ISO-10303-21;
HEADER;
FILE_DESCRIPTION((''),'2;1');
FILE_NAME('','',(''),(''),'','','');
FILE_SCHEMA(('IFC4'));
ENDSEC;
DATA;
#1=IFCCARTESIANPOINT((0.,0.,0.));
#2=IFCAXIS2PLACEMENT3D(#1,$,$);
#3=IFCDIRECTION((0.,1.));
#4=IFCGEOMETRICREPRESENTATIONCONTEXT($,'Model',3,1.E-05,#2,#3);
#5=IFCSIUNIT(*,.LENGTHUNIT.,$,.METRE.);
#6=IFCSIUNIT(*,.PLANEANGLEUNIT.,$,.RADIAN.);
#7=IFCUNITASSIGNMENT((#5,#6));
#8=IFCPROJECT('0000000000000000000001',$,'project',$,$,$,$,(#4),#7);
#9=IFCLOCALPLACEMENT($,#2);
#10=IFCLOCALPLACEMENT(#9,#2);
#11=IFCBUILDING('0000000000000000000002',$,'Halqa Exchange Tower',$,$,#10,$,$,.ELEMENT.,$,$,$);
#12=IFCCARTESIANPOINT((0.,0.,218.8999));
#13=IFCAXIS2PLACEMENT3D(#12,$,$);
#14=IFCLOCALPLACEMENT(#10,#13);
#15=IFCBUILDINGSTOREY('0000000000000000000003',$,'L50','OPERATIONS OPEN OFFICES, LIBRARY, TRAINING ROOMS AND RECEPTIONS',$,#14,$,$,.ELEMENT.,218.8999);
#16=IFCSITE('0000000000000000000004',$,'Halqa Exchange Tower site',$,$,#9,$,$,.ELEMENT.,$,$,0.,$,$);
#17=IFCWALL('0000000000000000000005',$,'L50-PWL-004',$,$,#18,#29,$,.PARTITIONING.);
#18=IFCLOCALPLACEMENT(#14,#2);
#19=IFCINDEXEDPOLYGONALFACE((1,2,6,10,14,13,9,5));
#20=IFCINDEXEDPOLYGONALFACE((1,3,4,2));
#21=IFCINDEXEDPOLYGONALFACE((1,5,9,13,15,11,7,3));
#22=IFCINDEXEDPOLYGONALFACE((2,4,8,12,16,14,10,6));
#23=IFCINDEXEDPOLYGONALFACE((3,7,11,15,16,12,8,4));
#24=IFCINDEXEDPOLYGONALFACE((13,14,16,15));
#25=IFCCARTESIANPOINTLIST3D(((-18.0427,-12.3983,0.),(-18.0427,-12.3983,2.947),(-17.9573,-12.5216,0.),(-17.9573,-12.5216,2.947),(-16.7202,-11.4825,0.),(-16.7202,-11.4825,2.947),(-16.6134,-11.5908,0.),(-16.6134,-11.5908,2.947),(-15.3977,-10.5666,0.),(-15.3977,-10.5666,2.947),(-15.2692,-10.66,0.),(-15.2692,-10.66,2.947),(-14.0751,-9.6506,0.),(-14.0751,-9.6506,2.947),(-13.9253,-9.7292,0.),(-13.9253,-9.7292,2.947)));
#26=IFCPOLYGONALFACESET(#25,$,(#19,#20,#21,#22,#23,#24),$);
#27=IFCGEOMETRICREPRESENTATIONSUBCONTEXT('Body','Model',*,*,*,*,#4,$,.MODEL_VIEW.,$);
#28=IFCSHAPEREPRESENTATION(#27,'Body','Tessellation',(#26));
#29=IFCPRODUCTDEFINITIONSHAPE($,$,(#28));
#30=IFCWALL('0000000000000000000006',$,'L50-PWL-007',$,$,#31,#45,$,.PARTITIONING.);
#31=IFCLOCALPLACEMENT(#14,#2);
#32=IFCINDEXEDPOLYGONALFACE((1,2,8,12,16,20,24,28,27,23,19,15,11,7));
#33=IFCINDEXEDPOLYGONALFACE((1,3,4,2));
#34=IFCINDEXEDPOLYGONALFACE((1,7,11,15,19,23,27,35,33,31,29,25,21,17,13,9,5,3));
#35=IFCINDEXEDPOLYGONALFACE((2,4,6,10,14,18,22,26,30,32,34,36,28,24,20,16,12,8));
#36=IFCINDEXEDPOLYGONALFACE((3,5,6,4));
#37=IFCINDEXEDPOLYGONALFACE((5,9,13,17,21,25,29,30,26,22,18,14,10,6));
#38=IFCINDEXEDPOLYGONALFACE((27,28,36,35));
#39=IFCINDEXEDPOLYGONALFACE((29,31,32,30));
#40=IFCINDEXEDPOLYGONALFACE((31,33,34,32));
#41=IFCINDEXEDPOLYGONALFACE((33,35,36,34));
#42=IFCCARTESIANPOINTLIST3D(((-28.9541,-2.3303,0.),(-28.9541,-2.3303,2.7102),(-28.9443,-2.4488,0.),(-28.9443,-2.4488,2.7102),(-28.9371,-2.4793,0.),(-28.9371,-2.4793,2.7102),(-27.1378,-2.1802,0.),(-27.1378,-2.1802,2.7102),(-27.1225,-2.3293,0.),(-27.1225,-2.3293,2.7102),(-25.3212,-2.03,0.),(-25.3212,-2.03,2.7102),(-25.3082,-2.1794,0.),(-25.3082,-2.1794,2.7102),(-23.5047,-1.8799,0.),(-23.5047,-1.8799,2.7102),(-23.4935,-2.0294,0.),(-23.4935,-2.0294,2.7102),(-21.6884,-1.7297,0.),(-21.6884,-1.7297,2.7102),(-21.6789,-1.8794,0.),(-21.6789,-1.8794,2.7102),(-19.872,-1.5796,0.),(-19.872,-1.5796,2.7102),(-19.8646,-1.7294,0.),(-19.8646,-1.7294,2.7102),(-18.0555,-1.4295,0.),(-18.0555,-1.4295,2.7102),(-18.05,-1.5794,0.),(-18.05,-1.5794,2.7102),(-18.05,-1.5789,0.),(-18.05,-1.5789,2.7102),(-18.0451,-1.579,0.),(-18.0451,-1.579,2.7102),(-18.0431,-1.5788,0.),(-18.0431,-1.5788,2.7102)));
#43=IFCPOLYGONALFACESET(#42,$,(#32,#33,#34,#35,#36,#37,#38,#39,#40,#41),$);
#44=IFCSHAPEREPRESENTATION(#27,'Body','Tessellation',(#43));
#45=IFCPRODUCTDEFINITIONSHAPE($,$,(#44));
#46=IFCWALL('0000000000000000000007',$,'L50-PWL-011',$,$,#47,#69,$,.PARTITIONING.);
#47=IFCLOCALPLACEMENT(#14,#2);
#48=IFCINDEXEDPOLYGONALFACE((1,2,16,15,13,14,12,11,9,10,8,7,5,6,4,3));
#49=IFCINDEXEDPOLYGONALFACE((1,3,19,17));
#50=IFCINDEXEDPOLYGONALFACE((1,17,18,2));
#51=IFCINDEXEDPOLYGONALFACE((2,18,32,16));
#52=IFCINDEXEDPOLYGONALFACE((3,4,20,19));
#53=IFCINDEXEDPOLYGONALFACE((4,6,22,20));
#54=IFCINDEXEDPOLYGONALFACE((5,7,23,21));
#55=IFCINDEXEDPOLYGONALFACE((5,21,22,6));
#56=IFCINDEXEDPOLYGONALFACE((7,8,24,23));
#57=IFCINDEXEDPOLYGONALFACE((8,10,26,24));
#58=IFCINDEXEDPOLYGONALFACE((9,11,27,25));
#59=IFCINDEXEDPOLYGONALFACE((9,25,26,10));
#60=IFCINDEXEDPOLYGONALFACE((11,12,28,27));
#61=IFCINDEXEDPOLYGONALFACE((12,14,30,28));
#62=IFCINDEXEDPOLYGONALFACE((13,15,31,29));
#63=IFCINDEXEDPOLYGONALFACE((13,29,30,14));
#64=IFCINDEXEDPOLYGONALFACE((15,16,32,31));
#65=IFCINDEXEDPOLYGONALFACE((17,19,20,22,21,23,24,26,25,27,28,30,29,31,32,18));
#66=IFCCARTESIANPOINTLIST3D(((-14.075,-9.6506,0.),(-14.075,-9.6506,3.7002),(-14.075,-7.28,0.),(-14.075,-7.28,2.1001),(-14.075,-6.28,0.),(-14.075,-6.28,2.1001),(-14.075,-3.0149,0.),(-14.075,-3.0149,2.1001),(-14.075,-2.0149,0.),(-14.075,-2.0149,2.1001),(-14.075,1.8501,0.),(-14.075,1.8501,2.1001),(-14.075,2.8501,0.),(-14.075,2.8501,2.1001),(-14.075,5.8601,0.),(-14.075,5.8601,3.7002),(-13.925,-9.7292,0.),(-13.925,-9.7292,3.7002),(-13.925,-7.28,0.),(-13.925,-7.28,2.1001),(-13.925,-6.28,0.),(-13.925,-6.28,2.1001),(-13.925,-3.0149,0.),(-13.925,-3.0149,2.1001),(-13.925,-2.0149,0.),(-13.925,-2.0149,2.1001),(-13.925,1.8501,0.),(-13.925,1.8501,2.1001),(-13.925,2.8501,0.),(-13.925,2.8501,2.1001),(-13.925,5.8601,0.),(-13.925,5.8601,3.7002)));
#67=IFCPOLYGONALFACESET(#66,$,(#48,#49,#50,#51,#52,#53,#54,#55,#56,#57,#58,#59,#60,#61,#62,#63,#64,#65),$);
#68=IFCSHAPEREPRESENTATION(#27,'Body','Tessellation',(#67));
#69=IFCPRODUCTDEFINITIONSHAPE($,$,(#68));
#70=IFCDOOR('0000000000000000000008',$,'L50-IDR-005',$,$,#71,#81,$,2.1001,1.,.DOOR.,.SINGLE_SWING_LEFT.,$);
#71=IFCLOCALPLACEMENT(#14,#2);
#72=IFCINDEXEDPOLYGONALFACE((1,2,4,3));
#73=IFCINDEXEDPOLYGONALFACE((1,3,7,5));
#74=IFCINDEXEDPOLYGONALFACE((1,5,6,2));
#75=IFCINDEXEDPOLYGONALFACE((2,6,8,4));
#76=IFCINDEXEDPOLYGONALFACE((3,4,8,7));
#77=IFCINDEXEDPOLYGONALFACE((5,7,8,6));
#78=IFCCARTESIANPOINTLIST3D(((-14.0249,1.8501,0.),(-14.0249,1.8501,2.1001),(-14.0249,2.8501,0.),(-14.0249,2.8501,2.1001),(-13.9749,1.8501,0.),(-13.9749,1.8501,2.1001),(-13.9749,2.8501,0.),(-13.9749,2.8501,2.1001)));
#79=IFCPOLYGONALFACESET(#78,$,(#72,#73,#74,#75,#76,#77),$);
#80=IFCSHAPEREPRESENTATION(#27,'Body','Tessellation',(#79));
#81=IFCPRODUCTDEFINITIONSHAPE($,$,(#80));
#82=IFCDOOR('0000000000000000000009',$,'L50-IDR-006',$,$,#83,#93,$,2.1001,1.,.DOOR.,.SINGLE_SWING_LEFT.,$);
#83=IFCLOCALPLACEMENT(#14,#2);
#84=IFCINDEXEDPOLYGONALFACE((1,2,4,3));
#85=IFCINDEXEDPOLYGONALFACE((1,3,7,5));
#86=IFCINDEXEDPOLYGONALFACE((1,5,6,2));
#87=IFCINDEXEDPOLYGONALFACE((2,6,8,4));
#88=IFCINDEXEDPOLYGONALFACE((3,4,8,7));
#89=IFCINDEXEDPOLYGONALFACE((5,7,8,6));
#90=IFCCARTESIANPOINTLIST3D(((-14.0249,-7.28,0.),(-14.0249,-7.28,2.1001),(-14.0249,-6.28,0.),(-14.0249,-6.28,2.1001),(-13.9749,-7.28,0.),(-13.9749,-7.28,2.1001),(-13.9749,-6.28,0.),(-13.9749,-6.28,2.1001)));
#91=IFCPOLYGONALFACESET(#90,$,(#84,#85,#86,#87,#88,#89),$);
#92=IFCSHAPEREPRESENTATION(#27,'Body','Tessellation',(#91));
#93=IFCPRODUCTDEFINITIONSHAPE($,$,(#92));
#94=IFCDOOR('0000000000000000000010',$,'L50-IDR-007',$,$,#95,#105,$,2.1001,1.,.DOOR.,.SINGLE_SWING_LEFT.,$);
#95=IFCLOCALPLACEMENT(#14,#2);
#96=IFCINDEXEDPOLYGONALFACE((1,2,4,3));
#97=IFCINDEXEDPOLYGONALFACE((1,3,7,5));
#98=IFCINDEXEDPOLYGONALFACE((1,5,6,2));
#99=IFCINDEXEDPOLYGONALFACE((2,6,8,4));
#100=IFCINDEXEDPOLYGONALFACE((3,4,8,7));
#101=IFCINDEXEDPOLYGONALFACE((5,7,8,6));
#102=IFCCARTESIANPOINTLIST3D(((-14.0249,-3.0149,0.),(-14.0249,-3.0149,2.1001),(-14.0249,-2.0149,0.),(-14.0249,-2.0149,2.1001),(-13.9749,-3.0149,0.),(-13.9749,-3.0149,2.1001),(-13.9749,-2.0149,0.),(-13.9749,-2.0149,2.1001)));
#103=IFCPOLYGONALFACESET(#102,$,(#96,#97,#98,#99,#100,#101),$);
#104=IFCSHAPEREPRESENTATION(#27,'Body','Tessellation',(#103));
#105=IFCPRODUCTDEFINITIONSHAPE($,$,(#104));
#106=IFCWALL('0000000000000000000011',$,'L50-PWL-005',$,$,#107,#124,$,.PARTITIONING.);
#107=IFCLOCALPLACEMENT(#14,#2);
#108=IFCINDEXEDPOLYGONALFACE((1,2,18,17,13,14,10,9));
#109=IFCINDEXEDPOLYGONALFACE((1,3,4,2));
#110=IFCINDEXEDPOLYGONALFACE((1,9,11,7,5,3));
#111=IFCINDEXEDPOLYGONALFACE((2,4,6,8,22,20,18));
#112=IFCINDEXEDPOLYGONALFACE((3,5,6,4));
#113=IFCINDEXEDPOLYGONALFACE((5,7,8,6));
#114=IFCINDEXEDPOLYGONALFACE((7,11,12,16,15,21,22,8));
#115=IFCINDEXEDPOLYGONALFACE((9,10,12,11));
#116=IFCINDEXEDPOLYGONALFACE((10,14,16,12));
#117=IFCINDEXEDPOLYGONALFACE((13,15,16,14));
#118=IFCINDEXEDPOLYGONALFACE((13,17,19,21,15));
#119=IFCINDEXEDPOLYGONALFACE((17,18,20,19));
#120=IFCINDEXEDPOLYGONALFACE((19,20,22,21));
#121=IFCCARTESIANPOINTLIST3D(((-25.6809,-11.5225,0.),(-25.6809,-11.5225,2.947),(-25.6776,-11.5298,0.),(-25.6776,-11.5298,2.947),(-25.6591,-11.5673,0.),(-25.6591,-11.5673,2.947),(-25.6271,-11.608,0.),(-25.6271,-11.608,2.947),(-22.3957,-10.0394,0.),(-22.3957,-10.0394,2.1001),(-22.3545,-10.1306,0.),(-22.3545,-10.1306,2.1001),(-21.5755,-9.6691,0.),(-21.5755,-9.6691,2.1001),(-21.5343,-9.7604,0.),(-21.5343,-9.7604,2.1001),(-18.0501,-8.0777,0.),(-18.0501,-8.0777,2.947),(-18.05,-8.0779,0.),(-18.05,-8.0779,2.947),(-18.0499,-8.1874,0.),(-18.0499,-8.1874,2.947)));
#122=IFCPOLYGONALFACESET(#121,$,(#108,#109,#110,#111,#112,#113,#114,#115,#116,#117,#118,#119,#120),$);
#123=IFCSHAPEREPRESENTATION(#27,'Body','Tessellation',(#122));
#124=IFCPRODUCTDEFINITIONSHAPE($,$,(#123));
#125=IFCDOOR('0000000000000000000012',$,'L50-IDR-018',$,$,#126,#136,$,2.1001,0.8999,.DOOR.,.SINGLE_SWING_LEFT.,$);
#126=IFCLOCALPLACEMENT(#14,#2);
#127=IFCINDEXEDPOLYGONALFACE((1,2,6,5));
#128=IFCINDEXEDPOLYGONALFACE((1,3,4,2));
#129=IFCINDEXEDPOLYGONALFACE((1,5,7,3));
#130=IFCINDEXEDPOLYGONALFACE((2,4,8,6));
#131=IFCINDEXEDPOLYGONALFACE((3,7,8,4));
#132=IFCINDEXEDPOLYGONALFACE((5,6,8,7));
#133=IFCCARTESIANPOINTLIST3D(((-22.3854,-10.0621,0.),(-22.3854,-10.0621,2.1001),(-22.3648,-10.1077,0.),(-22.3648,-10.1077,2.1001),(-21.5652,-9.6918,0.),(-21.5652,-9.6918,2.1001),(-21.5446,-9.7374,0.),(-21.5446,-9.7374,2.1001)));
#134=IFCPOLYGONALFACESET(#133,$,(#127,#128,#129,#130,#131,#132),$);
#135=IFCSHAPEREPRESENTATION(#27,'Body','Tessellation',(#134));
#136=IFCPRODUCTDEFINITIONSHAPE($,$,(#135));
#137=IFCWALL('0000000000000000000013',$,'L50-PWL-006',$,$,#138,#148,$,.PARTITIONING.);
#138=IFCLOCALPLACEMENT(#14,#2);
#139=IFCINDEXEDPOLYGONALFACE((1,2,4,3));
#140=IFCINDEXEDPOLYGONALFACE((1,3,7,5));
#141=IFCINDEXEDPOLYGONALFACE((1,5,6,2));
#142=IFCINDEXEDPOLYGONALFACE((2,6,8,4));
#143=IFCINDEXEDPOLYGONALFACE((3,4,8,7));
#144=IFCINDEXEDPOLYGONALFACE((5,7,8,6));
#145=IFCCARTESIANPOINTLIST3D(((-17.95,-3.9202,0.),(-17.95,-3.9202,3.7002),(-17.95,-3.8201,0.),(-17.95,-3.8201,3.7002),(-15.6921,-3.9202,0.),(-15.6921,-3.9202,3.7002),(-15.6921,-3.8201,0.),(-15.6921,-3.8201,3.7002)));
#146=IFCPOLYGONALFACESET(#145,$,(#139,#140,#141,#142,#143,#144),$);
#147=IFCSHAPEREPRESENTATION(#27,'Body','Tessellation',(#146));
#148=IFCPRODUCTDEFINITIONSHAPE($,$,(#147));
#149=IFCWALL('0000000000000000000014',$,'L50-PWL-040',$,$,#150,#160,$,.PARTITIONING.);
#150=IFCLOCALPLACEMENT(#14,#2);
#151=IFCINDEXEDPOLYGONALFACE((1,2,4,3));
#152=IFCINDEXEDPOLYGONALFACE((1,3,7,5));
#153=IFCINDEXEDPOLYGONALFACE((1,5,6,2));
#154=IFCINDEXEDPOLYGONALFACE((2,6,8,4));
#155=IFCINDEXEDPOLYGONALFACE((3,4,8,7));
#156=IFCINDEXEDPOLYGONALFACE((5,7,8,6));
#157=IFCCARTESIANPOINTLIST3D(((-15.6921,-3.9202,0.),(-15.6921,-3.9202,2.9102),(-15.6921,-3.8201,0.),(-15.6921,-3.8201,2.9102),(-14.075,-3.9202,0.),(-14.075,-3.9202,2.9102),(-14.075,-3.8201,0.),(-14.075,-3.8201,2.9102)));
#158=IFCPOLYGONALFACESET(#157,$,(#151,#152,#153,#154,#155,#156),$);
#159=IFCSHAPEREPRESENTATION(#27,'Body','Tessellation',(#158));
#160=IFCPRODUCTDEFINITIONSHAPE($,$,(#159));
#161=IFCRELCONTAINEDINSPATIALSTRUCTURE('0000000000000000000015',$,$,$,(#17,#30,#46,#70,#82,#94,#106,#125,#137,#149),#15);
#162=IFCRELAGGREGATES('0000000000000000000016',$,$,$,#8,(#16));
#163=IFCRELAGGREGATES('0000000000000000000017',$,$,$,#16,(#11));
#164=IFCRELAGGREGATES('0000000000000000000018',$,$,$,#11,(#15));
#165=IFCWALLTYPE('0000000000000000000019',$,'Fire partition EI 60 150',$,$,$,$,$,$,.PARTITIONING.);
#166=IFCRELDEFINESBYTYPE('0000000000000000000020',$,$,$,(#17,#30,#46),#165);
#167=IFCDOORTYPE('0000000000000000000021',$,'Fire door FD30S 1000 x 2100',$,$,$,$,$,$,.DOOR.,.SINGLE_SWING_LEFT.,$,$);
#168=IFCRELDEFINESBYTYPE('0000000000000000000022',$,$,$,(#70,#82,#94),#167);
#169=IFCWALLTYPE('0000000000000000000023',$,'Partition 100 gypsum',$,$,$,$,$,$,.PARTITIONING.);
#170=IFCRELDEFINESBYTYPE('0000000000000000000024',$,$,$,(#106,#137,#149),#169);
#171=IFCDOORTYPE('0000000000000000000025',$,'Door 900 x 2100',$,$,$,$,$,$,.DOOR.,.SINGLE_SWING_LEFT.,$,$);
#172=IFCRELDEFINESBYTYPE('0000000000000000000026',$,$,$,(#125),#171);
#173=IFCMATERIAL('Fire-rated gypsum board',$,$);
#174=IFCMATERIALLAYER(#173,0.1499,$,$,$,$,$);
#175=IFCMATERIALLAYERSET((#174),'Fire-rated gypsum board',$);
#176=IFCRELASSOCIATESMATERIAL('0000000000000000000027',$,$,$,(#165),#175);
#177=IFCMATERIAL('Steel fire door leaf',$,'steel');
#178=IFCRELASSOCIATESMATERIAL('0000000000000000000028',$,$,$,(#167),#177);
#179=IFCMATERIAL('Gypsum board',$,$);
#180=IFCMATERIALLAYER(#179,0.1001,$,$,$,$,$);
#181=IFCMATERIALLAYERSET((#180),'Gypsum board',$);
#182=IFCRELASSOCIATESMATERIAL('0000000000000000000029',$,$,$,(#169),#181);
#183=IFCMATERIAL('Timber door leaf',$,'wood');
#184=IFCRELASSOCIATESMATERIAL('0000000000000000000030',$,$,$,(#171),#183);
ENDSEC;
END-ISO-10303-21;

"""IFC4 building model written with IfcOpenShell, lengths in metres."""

from ifc_helpers import new_model, si_unit, direction, frame, frame_2d, origin, place, context, subcontext, project, spatial, polyline, rectangle, outline, extrude, material, layer, layer_set, type_object, element, fill, save


model = new_model("IFC4")

# Units and contexts
model_context = context("Model", 3, precision=1e-05, world=origin(), true_north=direction((0.0, 1.0)))
body_context = subcontext(model_context, "Body", "Model", "MODEL_VIEW")
ifc_project = project(units=[si_unit("LENGTHUNIT", "METRE"), si_unit("PLANEANGLEUNIT", "RADIAN")], contexts=[model_context])

# Site, building, storey
site_placement = place(None, origin())
site = spatial("IfcSite", under=ifc_project, at=site_placement, Name="Halqa Exchange Tower site", CompositionType="ELEMENT", RefElevation=0.0)
building_placement = place(site_placement, origin())
building = spatial("IfcBuilding", under=site, at=building_placement, Name="Halqa Exchange Tower", CompositionType="ELEMENT")
storey_placement = place(building_placement, frame((0.0, 0.0, 218.8999)))
storey = spatial("IfcBuildingStorey", under=building, at=storey_placement, Name="L50", Description="OPERATIONS OPEN OFFICES, LIBRARY, TRAINING ROOMS AND RECEPTIONS", CompositionType="ELEMENT", Elevation=218.8999)

# Walls
ifc_material_1 = material(Name="Fire-rated gypsum board")
ifc_layer_1 = layer(ifc_material_1, 0.1499)
ifc_layer_set_1 = layer_set([ifc_layer_1], Name="Fire-rated gypsum board")
wall_type_1 = type_object("IfcWallType", Name="Fire partition EI 60 150", PredefinedType="PARTITIONING", material=ifc_layer_set_1)
wall_1_placement = place(storey_placement, frame((-18.0, -12.46, 0.0), z_axis=(0.0, 0.0, 1.0), x_axis=(0.822103, 0.569339, 0.0)))
element("IfcWall", 1, at=wall_1_placement, inside=storey, type_object=wall_type_1, Name="L50-PWL-004", PredefinedType="PARTITIONING", context=body_context, shape_type="SweptSolid", body=[
    extrude(outline(polyline([(0.0, -0.075), (1.6348, -0.075), (3.2698, -0.075), (4.9045, -0.075), (4.8262, 0.075), (3.2173, 0.075), (1.6086, 0.075), (0.0, 0.075), (0.0, -0.075)])), origin(), (0.0, 0.0, 1.0), 2.947),
])
wall_2_placement = place(storey_placement, frame((-18.0493, -1.5042, 0.0), z_axis=(0.0, 0.0, 1.0), x_axis=(-0.996601, -0.082378, 0.0)))
element("IfcWall", 2, at=wall_2_placement, inside=storey, type_object=wall_type_1, Name="L50-PWL-007", PredefinedType="PARTITIONING", context=body_context, shape_type="SweptSolid", body=[
    extrude(outline(polyline([(10.9358, -0.075), (10.9358, 0.0439), (10.9312, 0.075), (9.1104, 0.075), (7.2898, 0.075), (5.469, 0.075), (3.6482, 0.075), (1.8276, 0.075), (0.0068, 0.075), (0.0068, 0.0745), (0.002, 0.075), (0.0, 0.075), (0.0, -0.075), (1.8228, -0.075), (3.6453, -0.075), (5.4678, -0.075), (7.2905, -0.075), (9.1133, -0.075), (10.9358, -0.075)])), origin(), (0.0, 0.0, 1.0), 2.7102),
])

# Wall, openings, doors
wall_3_placement = place(storey_placement, frame((-14.0, -9.7292, 0.0), z_axis=(0.0, 0.0, 1.0), x_axis=(0.0, 1.0, 0.0)))
wall_3 = element("IfcWall", 3, at=wall_3_placement, inside=storey, type_object=wall_type_1, Name="L50-PWL-011", PredefinedType="PARTITIONING", context=body_context, shape_type="SweptSolid", body=[
    extrude(outline(polyline([(15.5894, 0.075), (13.6504, 0.075), (11.7117, 0.075), (9.7727, 0.075), (7.834, 0.075), (5.895, 0.075), (3.9563, 0.075), (2.0173, 0.075), (0.0786, 0.075), (0.0, -0.075), (0.0, -0.075), (1.9487, -0.075), (3.8975, -0.075), (5.8459, -0.075), (7.7947, -0.075), (9.7434, -0.075), (11.6919, -0.075), (13.6406, -0.075), (15.5894, -0.075), (15.5894, 0.075)])), origin(), (0.0, 0.0, 1.0), 3.7002),
])
opening_1_placement = place(wall_3_placement, frame((11.5793, 0.0, 0.0)))
opening_1 = element("IfcOpeningElement", 4, at=opening_1_placement, cuts=wall_3, PredefinedType="OPENING", context=body_context, shape_type="SweptSolid", body=[
    extrude(rectangle(XDim=1.0, YDim=2.1001, at=frame_2d((0.5, 1.05))), frame((0.0, 0.0869, 0.0), z_axis=(0.0, -1.0, 0.0), x_axis=(1.0, 0.0, 0.0)), (0.0, 0.0, 1.0), 0.1738),
])
opening_2_placement = place(wall_3_placement, frame((2.4492, 0.0, 0.0)))
opening_2 = element("IfcOpeningElement", 5, at=opening_2_placement, cuts=wall_3, PredefinedType="OPENING", context=body_context, shape_type="SweptSolid", body=[
    extrude(rectangle(XDim=1.0, YDim=2.1001, at=frame_2d((0.5, 1.05))), frame((0.0, 0.0869, 0.0), z_axis=(0.0, -1.0, 0.0), x_axis=(1.0, 0.0, 0.0)), (0.0, 0.0, 1.0), 0.1738),
])
opening_3_placement = place(wall_3_placement, frame((6.7144, 0.0, 0.0)))
opening_3 = element("IfcOpeningElement", 6, at=opening_3_placement, cuts=wall_3, PredefinedType="OPENING", context=body_context, shape_type="SweptSolid", body=[
    extrude(rectangle(XDim=1.0, YDim=2.1001, at=frame_2d((0.5, 1.05))), frame((0.0, 0.0869, 0.0), z_axis=(0.0, -1.0, 0.0), x_axis=(1.0, 0.0, 0.0)), (0.0, 0.0, 1.0), 0.1738),
])
ifc_material_2 = material(Name="Steel fire door leaf", Category="steel")
door_type_1 = type_object("IfcDoorType", Name="Fire door FD30S 1000 x 2100", OperationType="SINGLE_SWING_LEFT", PredefinedType="DOOR", material=ifc_material_2)
door_1_placement = place(opening_1_placement, origin())
door_1 = element("IfcDoor", 7, at=door_1_placement, inside=storey, type_object=door_type_1, Name="L50-IDR-005", OperationType="SINGLE_SWING_LEFT", OverallHeight=2.1001, OverallWidth=1.0, PredefinedType="DOOR", context=body_context, shape_type="SweptSolid", body=[
    extrude(rectangle(XDim=1.0, YDim=2.1001, at=frame_2d((0.5, 1.05))), frame((0.0, 0.0249, 0.0), z_axis=(0.0, -1.0, 0.0), x_axis=(1.0, 0.0, 0.0)), (0.0, 0.0, 1.0), 0.05),
])
fill(opening_1, door_1)
door_2_placement = place(opening_2_placement, origin())
door_2 = element("IfcDoor", 8, at=door_2_placement, inside=storey, type_object=door_type_1, Name="L50-IDR-006", OperationType="SINGLE_SWING_LEFT", OverallHeight=2.1001, OverallWidth=1.0, PredefinedType="DOOR", context=body_context, shape_type="SweptSolid", body=[
    extrude(rectangle(XDim=1.0, YDim=2.1001, at=frame_2d((0.5, 1.05))), frame((0.0, 0.0249, 0.0), z_axis=(0.0, -1.0, 0.0), x_axis=(1.0, 0.0, 0.0)), (0.0, 0.0, 1.0), 0.05),
])
fill(opening_2, door_2)
door_3_placement = place(opening_3_placement, origin())
door_3 = element("IfcDoor", 9, at=door_3_placement, inside=storey, type_object=door_type_1, Name="L50-IDR-007", OperationType="SINGLE_SWING_LEFT", OverallHeight=2.1001, OverallWidth=1.0, PredefinedType="DOOR", context=body_context, shape_type="SweptSolid", body=[
    extrude(rectangle(XDim=1.0, YDim=2.1001, at=frame_2d((0.5, 1.05))), frame((0.0, 0.0249, 0.0), z_axis=(0.0, -1.0, 0.0), x_axis=(1.0, 0.0, 0.0)), (0.0, 0.0, 1.0), 0.05),
])
fill(opening_3, door_3)

# Wall, opening, door
ifc_material_3 = material(Name="Gypsum board")
ifc_layer_2 = layer(ifc_material_3, 0.1001)
ifc_layer_set_2 = layer_set([ifc_layer_2], Name="Gypsum board")
wall_type_2 = type_object("IfcWallType", Name="Partition 100 gypsum", PredefinedType="PARTITIONING", material=ifc_layer_set_2)
ifc_material_4 = material(Name="Timber door leaf", Category="wood")
door_type_2 = type_object("IfcDoorType", Name="Door 900 x 2100", OperationType="SINGLE_SWING_LEFT", PredefinedType="DOOR", material=ifc_material_4)
wall_4_placement = place(storey_placement, frame((-18.0295, -8.1233, 0.0), z_axis=(0.0, 0.0, 1.0), x_axis=(-0.911432, -0.411451, 0.0)))
wall_4 = element("IfcWall", 10, at=wall_4_placement, inside=storey, type_object=wall_type_2, Name="L50-PWL-005", PredefinedType="PARTITIONING", context=body_context, shape_type="SweptSolid", body=[
    extrude(outline(polyline([(8.3723, -0.05), (8.3723, -0.042), (8.3708, -0.0002), (8.3584, 0.05), (6.6958, 0.05), (5.033, 0.05), (3.3704, 0.05), (1.7078, 0.05), (0.0449, 0.05), (0.0, -0.0498), (0.0, -0.05), (1.6746, -0.05), (3.3489, -0.05), (5.0234, -0.05), (6.6978, -0.05), (8.3723, -0.05)])), origin(), (0.0, 0.0, 1.0), 2.947),
])
opening_4_placement = place(wall_4_placement, frame((3.8679, 0.0, 0.0)))
opening_4 = element("IfcOpeningElement", 11, at=opening_4_placement, cuts=wall_4, PredefinedType="OPENING", context=body_context, shape_type="SweptSolid", body=[
    extrude(rectangle(XDim=0.8999, YDim=2.1001, at=frame_2d((0.45, 1.05))), frame((0.0, 0.062, 0.0), z_axis=(0.0, -1.0, 0.0), x_axis=(1.0, 0.0, 0.0)), (0.0, 0.0, 1.0), 0.124),
])
door_4_placement = place(opening_4_placement, origin())
door_4 = element("IfcDoor", 12, at=door_4_placement, inside=storey, type_object=door_type_2, Name="L50-IDR-018", OperationType="SINGLE_SWING_LEFT", OverallHeight=2.1001, OverallWidth=0.8999, PredefinedType="DOOR", context=body_context, shape_type="SweptSolid", body=[
    extrude(rectangle(XDim=0.8999, YDim=2.1001, at=frame_2d((0.45, 1.05))), frame((0.0, 0.0249, 0.0), z_axis=(0.0, -1.0, 0.0), x_axis=(1.0, 0.0, 0.0)), (0.0, 0.0, 1.0), 0.05),
])
fill(opening_4, door_4)

# Walls
wall_5_placement = place(storey_placement, frame((-17.95, -3.8701, 0.0), z_axis=(0.0, 0.0, 1.0), x_axis=(1.0, 0.0, 0.0)))
element("IfcWall", 13, at=wall_5_placement, inside=storey, type_object=wall_type_2, Name="L50-PWL-006", PredefinedType="PARTITIONING", context=body_context, shape_type="SweptSolid", body=[
    extrude(rectangle(XDim=2.2578, YDim=0.1001, at=frame_2d((1.1289, 0.0))), origin(), (0.0, 0.0, 1.0), 3.7002),
])
wall_6_placement = place(storey_placement, frame((-15.6921, -3.8701, 0.0), z_axis=(0.0, 0.0, 1.0), x_axis=(1.0, 0.0, 0.0)))
element("IfcWall", 14, at=wall_6_placement, inside=storey, type_object=wall_type_2, Name="L50-PWL-040", PredefinedType="PARTITIONING", context=body_context, shape_type="SweptSolid", body=[
    extrude(rectangle(XDim=1.6172, YDim=0.1001, at=frame_2d((0.8086, 0.0))), origin(), (0.0, 0.0, 1.0), 2.9102),
])

save(model, "model.ifc")
